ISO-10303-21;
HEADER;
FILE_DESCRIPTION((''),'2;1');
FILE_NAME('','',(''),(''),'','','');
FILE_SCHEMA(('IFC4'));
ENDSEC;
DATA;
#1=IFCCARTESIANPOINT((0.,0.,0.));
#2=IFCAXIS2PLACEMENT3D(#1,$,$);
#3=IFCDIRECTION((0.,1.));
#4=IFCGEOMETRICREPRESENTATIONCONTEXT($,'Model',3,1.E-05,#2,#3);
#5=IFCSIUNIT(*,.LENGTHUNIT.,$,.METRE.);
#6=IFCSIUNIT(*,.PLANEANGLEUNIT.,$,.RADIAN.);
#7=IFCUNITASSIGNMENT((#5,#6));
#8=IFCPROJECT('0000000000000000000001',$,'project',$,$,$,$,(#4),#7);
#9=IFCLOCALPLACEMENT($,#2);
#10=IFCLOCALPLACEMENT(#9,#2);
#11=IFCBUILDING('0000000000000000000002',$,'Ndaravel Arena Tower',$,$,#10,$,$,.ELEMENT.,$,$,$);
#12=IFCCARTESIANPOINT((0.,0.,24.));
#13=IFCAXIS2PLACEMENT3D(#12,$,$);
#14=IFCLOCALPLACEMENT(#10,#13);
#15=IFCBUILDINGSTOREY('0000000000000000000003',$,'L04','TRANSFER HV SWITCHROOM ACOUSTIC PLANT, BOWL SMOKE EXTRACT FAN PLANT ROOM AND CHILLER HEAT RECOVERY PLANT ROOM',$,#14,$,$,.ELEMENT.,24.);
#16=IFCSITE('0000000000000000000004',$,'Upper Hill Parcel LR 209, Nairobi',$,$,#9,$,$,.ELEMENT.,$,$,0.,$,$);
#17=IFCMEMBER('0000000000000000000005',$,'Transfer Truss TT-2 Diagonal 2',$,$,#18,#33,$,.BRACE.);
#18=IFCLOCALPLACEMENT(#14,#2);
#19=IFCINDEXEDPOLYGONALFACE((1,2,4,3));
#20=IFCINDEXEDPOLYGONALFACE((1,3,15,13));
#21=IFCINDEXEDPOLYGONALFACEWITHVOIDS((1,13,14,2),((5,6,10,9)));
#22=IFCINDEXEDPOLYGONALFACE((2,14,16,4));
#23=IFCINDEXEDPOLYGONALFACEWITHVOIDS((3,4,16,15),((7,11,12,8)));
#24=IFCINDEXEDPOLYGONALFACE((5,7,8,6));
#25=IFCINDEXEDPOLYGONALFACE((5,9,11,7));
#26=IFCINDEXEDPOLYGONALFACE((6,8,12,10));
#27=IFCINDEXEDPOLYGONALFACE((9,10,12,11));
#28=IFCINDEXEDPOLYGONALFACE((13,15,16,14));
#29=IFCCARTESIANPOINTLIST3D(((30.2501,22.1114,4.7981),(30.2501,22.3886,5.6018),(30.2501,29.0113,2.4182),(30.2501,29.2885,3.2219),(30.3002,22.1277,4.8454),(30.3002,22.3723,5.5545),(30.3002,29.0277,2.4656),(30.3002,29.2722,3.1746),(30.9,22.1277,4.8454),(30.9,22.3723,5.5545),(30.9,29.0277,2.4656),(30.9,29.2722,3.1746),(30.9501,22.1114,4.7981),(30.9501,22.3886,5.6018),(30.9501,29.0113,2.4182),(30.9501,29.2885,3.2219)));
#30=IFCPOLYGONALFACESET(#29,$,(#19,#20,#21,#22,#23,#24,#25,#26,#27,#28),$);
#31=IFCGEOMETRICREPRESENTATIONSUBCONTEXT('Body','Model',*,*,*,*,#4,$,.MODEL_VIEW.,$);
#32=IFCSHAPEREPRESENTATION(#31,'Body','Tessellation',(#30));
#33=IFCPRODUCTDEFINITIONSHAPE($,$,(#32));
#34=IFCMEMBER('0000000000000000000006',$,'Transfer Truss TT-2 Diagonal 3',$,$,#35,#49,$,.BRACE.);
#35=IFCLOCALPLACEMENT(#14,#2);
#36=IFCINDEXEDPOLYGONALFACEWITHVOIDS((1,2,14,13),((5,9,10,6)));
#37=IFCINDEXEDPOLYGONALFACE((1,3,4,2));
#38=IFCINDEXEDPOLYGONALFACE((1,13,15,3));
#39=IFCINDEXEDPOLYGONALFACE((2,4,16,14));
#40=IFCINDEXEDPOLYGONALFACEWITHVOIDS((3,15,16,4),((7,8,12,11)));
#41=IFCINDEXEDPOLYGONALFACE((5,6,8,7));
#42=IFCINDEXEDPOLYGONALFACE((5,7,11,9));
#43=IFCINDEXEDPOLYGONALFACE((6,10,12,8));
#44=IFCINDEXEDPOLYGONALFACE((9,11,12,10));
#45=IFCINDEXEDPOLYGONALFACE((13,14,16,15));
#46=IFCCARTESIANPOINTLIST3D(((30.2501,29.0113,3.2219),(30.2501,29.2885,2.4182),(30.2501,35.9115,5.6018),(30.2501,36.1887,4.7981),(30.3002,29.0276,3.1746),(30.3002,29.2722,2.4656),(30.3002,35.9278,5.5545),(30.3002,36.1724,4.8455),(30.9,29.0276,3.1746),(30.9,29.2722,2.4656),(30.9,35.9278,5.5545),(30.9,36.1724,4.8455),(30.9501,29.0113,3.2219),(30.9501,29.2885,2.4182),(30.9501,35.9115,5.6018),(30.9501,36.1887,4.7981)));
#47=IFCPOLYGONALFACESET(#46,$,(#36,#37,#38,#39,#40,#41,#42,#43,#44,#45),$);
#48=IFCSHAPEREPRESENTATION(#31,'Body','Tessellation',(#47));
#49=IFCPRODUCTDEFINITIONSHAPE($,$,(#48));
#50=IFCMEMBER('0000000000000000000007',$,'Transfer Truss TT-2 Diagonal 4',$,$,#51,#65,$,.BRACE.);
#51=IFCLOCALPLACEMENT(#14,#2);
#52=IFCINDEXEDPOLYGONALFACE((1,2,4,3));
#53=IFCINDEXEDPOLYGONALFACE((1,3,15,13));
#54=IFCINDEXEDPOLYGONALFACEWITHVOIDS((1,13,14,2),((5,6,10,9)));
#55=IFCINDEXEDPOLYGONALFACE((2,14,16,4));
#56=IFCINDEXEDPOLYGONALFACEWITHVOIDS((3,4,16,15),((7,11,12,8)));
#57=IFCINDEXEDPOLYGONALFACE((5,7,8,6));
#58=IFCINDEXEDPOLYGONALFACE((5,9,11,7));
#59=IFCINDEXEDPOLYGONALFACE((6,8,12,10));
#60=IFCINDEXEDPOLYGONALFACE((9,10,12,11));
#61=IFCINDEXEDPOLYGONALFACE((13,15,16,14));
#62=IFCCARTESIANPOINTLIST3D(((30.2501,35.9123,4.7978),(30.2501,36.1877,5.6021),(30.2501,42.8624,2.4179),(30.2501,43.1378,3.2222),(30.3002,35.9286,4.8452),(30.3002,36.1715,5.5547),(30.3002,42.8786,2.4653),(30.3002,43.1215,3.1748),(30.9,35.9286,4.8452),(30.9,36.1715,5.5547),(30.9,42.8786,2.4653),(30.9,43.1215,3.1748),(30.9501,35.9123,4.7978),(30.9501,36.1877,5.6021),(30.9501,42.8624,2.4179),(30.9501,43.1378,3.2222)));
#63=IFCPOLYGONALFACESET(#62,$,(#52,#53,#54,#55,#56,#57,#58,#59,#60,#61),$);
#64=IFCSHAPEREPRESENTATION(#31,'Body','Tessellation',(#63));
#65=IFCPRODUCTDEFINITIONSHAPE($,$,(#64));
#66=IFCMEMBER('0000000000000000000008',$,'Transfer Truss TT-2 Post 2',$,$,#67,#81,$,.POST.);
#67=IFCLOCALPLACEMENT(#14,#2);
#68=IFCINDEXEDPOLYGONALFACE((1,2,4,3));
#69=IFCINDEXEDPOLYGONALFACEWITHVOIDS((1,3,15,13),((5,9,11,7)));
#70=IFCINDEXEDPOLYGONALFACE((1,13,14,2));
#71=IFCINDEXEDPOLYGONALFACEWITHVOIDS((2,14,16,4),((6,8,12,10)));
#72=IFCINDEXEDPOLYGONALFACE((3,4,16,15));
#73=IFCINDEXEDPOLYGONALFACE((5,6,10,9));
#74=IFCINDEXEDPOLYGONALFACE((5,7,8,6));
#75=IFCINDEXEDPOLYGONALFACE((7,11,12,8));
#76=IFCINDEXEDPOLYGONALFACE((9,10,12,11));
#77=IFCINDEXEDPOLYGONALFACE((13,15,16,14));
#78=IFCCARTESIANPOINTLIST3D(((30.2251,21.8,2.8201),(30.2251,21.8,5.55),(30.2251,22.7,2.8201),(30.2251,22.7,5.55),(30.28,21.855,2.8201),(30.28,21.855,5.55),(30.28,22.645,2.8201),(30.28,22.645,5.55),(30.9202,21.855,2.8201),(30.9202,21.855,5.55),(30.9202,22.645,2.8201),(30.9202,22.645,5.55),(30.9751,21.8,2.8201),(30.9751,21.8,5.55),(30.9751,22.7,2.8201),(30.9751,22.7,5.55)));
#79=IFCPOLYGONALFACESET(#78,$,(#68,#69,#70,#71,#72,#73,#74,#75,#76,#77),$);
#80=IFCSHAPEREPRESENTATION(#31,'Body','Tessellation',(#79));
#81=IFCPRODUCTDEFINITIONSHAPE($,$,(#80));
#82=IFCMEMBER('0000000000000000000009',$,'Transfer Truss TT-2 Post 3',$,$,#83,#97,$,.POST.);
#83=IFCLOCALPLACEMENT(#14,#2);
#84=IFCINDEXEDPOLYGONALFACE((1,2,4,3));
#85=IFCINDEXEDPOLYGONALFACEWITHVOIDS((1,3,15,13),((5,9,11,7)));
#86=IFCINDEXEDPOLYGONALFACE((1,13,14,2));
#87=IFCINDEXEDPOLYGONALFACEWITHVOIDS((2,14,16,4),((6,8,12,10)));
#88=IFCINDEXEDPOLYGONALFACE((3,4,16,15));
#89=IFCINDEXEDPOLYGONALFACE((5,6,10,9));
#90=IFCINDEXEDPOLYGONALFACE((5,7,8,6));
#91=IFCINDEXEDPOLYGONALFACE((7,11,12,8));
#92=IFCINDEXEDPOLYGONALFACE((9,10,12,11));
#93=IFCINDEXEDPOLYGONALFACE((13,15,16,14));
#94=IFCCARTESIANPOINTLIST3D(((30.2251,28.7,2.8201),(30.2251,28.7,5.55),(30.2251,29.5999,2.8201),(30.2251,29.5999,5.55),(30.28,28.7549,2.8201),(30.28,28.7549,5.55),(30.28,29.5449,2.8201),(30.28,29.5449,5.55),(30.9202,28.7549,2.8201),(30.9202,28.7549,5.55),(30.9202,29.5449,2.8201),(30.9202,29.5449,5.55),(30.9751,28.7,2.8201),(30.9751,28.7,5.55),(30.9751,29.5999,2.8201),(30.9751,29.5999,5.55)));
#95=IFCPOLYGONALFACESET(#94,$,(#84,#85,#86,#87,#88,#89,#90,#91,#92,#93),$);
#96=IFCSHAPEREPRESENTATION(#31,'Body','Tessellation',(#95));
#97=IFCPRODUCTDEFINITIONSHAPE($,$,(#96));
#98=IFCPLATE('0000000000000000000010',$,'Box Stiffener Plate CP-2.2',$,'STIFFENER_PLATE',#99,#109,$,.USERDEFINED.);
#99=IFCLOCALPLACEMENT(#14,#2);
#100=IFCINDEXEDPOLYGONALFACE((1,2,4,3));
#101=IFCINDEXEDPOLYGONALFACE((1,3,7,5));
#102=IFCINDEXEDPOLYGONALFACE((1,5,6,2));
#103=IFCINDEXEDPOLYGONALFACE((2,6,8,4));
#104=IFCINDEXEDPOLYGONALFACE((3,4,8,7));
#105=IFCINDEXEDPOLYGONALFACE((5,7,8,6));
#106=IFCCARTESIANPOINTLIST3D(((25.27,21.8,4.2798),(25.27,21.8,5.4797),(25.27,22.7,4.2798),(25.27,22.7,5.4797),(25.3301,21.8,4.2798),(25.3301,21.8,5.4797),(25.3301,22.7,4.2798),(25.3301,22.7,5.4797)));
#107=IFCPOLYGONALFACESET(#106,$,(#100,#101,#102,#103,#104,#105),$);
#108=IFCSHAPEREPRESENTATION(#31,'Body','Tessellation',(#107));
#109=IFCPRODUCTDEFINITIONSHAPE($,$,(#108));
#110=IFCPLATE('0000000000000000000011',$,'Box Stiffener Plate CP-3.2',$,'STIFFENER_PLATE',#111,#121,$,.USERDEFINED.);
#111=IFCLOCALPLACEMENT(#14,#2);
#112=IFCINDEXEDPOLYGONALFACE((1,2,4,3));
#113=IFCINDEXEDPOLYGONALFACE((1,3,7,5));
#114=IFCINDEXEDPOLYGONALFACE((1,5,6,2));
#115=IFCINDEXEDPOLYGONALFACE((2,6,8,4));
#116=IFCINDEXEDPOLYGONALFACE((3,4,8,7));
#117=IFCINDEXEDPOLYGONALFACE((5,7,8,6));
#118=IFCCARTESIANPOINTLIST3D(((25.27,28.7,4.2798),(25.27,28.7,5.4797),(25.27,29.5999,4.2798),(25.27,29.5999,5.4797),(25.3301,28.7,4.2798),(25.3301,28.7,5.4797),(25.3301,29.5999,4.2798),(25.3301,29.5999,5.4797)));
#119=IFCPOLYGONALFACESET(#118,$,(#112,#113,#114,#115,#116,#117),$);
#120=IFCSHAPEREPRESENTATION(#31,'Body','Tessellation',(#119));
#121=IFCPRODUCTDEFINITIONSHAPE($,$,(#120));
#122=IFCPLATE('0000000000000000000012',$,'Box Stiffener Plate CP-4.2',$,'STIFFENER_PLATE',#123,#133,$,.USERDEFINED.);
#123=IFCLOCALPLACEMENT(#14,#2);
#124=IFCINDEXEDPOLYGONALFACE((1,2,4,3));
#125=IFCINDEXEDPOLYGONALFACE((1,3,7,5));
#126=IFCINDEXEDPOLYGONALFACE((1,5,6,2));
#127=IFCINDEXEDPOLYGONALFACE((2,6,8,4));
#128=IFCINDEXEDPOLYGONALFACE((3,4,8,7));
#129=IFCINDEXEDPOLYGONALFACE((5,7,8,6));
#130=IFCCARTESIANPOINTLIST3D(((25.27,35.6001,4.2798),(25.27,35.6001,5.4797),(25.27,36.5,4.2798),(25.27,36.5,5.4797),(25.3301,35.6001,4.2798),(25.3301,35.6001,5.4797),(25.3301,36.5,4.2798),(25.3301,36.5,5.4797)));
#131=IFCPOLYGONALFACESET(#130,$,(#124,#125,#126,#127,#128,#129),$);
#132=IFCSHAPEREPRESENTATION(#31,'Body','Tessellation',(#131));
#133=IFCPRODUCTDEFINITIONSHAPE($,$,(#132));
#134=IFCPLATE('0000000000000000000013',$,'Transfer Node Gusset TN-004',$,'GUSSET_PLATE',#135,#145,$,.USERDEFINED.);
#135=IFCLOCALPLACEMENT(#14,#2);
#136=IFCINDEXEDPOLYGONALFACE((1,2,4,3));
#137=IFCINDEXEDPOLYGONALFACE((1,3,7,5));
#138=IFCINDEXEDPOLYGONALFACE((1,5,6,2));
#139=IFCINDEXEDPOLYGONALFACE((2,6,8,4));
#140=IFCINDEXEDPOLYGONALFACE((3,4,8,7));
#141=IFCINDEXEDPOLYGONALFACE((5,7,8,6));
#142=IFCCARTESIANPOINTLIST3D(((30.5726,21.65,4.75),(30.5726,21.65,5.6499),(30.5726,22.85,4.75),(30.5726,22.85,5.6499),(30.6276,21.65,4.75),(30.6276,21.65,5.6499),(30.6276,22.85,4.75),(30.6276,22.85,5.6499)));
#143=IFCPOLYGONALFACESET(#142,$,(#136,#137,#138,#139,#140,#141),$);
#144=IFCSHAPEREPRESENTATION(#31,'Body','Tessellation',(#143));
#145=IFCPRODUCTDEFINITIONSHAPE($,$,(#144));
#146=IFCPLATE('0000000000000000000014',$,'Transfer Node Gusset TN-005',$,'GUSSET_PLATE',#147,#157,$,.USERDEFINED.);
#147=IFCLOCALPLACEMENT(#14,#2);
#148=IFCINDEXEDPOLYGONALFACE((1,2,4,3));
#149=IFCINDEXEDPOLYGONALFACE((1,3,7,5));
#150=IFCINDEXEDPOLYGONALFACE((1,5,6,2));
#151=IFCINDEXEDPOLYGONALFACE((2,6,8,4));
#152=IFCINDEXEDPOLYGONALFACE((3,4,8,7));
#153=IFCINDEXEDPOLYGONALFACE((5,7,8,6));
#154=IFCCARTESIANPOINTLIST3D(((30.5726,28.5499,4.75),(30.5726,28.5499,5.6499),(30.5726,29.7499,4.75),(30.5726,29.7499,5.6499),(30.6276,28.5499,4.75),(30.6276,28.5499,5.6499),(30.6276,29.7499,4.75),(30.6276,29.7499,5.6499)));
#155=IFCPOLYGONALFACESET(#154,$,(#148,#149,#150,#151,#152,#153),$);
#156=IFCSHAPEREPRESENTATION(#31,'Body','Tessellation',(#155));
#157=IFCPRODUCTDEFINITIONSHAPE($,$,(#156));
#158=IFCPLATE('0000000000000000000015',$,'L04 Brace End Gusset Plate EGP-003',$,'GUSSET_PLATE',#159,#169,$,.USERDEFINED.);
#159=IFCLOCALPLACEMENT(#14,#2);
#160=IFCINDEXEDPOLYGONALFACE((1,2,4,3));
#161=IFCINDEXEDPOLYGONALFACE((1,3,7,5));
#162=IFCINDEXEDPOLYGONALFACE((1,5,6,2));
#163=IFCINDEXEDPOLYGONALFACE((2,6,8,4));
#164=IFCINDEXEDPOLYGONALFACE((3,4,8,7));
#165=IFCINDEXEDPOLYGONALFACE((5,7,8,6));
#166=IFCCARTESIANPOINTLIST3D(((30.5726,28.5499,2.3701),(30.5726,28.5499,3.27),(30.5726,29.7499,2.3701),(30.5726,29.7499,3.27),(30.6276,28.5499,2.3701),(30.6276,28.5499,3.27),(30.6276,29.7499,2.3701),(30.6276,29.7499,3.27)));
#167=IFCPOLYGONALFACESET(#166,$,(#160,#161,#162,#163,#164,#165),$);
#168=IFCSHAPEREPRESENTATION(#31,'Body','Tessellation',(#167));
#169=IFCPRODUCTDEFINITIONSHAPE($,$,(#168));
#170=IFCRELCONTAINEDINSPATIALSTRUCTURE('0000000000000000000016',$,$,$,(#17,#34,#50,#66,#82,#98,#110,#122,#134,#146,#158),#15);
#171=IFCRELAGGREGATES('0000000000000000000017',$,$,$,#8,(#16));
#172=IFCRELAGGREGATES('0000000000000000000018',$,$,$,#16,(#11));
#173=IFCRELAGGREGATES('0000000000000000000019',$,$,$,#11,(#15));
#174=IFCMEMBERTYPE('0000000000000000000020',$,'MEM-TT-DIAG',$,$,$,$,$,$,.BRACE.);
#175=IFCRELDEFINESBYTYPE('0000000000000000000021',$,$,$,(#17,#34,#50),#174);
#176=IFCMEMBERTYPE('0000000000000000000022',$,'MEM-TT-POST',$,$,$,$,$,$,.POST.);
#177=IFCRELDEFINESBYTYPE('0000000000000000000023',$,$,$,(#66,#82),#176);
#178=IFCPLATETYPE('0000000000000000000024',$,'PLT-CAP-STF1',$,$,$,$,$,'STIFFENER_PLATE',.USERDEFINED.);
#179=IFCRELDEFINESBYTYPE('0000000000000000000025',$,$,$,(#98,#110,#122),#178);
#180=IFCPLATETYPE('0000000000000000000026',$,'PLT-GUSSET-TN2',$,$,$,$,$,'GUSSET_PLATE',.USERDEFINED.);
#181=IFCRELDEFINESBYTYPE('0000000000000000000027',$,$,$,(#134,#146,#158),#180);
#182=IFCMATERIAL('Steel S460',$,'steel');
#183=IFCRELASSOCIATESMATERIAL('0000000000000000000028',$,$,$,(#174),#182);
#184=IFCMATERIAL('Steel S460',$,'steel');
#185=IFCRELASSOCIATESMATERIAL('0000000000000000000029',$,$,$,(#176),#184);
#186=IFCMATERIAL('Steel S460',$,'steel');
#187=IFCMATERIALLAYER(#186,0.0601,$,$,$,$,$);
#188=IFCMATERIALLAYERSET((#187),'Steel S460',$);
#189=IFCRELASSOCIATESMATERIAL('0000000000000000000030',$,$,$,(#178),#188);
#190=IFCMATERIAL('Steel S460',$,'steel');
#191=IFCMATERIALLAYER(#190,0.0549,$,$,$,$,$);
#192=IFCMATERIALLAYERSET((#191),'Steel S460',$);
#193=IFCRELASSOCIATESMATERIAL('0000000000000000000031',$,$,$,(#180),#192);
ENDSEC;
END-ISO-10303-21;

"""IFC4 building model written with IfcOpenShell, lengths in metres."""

from ifc_helpers import new_model, si_unit, direction, frame, origin, origin_2d, place, context, subcontext, project, spatial, rectangle, hollow_rectangle, extrude, material, layer, layer_set, material_profile, profile_set, type_object, element, save


model = new_model("IFC4")

# Units and contexts
model_context = context("Model", 3, precision=1e-05, world=origin(), true_north=direction((0.0, 1.0)))
body_context = subcontext(model_context, "Body", "Model", "MODEL_VIEW")
ifc_project = project(units=[si_unit("LENGTHUNIT", "METRE"), si_unit("PLANEANGLEUNIT", "RADIAN")], contexts=[model_context])

# Site, building, storey
site_placement = place(None, origin())
site = spatial("IfcSite", under=ifc_project, at=site_placement, Name="Upper Hill Parcel LR 209, Nairobi", CompositionType="ELEMENT", RefElevation=0.0)
building_placement = place(site_placement, origin())
building = spatial("IfcBuilding", under=site, at=building_placement, Name="Ndaravel Arena Tower", CompositionType="ELEMENT")
storey_placement = place(building_placement, frame((0.0, 0.0, 24.0)))
storey = spatial("IfcBuildingStorey", under=building, at=storey_placement, Name="L04", Description="TRANSFER HV SWITCHROOM ACOUSTIC PLANT, BOWL SMOKE EXTRACT FAN PLANT ROOM AND CHILLER HEAT RECOVERY PLANT ROOM", CompositionType="ELEMENT", Elevation=24.0)

# Members
ifc_material_1 = material(Name="Steel S460", Category="steel")
ifc_material_profile_1 = material_profile(ifc_material_1, hollow_rectangle(XDim=0.7, YDim=0.8501, WallThickness=0.05, at=origin_2d()), Name="BOX 850x700x50")
ifc_profile_set_1 = profile_set([ifc_material_profile_1], Name="Steel S460")
member_type_1 = type_object("IfcMemberType", Name="MEM-TT-DIAG", PredefinedType="BRACE", material=ifc_profile_set_1)
member_1_placement = place(storey_placement, frame((30.6001, 22.25, 5.2), z_axis=(0.0, 0.945347, -0.326065), x_axis=(-1.0, 0.0, 0.0)))
element("IfcMember", 1, at=member_1_placement, inside=storey, type_object=member_type_1, Name="Transfer Truss TT-2 Diagonal 2", PredefinedType="BRACE", context=body_context, shape_type="SweptSolid", body=[
    extrude(hollow_rectangle(XDim=0.7, YDim=0.8501, WallThickness=0.05, at=origin_2d()), origin(), (0.0, 0.0, 1.0), 7.2988),
])
member_2_placement = place(storey_placement, frame((30.6001, 29.1499, 2.8201), z_axis=(0.0, 0.945351, 0.326055), x_axis=(-1.0, 0.0, 0.0)))
element("IfcMember", 2, at=member_2_placement, inside=storey, type_object=member_type_1, Name="Transfer Truss TT-2 Diagonal 3", PredefinedType="BRACE", context=body_context, shape_type="SweptSolid", body=[
    extrude(hollow_rectangle(XDim=0.7, YDim=0.8501, WallThickness=0.05, at=origin_2d()), origin(), (0.0, 0.0, 1.0), 7.2991),
])
member_3_placement = place(storey_placement, frame((30.6001, 36.05, 5.2), z_axis=(0.0, 0.946069, -0.323964), x_axis=(-1.0, 0.0, 0.0)))
element("IfcMember", 3, at=member_3_placement, inside=storey, type_object=member_type_1, Name="Transfer Truss TT-2 Diagonal 4", PredefinedType="BRACE", context=body_context, shape_type="SweptSolid", body=[
    extrude(hollow_rectangle(XDim=0.7, YDim=0.8501, WallThickness=0.05, at=origin_2d()), origin(), (0.0, 0.0, 1.0), 7.3462),
])
ifc_material_2 = material(Name="Steel S460", Category="steel")
ifc_material_profile_2 = material_profile(ifc_material_2, hollow_rectangle(XDim=0.75, YDim=0.8999, WallThickness=0.0549, at=origin_2d()), Name="BOX 900x750x55")
ifc_profile_set_2 = profile_set([ifc_material_profile_2], Name="Steel S460")
member_type_2 = type_object("IfcMemberType", Name="MEM-TT-POST", PredefinedType="POST", material=ifc_profile_set_2)
for number, where, z_axis, x_axis, name in (
    (4, (30.6001, 22.25, 2.8201), (0.0, 0.0, 1.0), (1.0, 0.0, 0.0), "Transfer Truss TT-2 Post 2"),
    (5, (30.6001, 29.1499, 2.8201), (0.0, 0.0, 1.0), (1.0, 0.0, 0.0), "Transfer Truss TT-2 Post 3"),
):
    element("IfcMember", number, at=place(storey_placement, frame(where, z_axis=z_axis, x_axis=x_axis)), inside=storey, type_object=member_type_2, Name=name, PredefinedType="POST", context=body_context, shape_type="SweptSolid", body=[
        extrude(hollow_rectangle(XDim=0.75, YDim=0.8999, WallThickness=0.0549, at=origin_2d()), origin(), (0.0, 0.0, 1.0), 2.73),
    ])

# Plates
ifc_material_3 = material(Name="Steel S460", Category="steel")
ifc_layer_1 = layer(ifc_material_3, 0.0601)
ifc_layer_set_1 = layer_set([ifc_layer_1], Name="Steel S460")
plate_type_1 = type_object("IfcPlateType", Name="PLT-CAP-STF1", ElementType="STIFFENER_PLATE", PredefinedType="USERDEFINED", material=ifc_layer_set_1)
for number, where, z_axis, x_axis, name in (
    (6, (25.3, 22.25, 4.2798), (0.0, 0.0, 1.0), (1.0, 0.0, 0.0), "Box Stiffener Plate CP-2.2"),
    (7, (25.3, 29.1499, 4.2798), (0.0, 0.0, 1.0), (1.0, 0.0, 0.0), "Box Stiffener Plate CP-3.2"),
    (8, (25.3, 36.05, 4.2798), (0.0, 0.0, 1.0), (1.0, 0.0, 0.0), "Box Stiffener Plate CP-4.2"),
):
    element("IfcPlate", number, at=place(storey_placement, frame(where, z_axis=z_axis, x_axis=x_axis)), inside=storey, type_object=plate_type_1, Name=name, ObjectType="STIFFENER_PLATE", PredefinedType="USERDEFINED", context=body_context, shape_type="SweptSolid", body=[
        extrude(rectangle(XDim=0.0601, YDim=0.8999, at=origin_2d()), origin(), (0.0, 0.0, 1.0), 1.2),
    ])
ifc_material_4 = material(Name="Steel S460", Category="steel")
ifc_layer_2 = layer(ifc_material_4, 0.0549)
ifc_layer_set_2 = layer_set([ifc_layer_2], Name="Steel S460")
plate_type_2 = type_object("IfcPlateType", Name="PLT-GUSSET-TN2", ElementType="GUSSET_PLATE", PredefinedType="USERDEFINED", material=ifc_layer_set_2)
for number, where, z_axis, x_axis, name in (
    (9, (30.6001, 22.25, 4.75), (0.0, 0.0, 1.0), (1.0, 0.0, 0.0), "Transfer Node Gusset TN-004"),
    (10, (30.6001, 29.1499, 4.75), (0.0, 0.0, 1.0), (1.0, 0.0, 0.0), "Transfer Node Gusset TN-005"),
    (11, (30.6001, 29.1499, 2.3701), (0.0, 0.0, 1.0), (1.0, 0.0, 0.0), "L04 Brace End Gusset Plate EGP-003"),
):
    element("IfcPlate", number, at=place(storey_placement, frame(where, z_axis=z_axis, x_axis=x_axis)), inside=storey, type_object=plate_type_2, Name=name, ObjectType="GUSSET_PLATE", PredefinedType="USERDEFINED", context=body_context, shape_type="SweptSolid", body=[
        extrude(rectangle(XDim=0.0549, YDim=1.2, at=origin_2d()), origin(), (0.0, 0.0, 1.0), 0.8999),
    ])

save(model, "model.ifc")
